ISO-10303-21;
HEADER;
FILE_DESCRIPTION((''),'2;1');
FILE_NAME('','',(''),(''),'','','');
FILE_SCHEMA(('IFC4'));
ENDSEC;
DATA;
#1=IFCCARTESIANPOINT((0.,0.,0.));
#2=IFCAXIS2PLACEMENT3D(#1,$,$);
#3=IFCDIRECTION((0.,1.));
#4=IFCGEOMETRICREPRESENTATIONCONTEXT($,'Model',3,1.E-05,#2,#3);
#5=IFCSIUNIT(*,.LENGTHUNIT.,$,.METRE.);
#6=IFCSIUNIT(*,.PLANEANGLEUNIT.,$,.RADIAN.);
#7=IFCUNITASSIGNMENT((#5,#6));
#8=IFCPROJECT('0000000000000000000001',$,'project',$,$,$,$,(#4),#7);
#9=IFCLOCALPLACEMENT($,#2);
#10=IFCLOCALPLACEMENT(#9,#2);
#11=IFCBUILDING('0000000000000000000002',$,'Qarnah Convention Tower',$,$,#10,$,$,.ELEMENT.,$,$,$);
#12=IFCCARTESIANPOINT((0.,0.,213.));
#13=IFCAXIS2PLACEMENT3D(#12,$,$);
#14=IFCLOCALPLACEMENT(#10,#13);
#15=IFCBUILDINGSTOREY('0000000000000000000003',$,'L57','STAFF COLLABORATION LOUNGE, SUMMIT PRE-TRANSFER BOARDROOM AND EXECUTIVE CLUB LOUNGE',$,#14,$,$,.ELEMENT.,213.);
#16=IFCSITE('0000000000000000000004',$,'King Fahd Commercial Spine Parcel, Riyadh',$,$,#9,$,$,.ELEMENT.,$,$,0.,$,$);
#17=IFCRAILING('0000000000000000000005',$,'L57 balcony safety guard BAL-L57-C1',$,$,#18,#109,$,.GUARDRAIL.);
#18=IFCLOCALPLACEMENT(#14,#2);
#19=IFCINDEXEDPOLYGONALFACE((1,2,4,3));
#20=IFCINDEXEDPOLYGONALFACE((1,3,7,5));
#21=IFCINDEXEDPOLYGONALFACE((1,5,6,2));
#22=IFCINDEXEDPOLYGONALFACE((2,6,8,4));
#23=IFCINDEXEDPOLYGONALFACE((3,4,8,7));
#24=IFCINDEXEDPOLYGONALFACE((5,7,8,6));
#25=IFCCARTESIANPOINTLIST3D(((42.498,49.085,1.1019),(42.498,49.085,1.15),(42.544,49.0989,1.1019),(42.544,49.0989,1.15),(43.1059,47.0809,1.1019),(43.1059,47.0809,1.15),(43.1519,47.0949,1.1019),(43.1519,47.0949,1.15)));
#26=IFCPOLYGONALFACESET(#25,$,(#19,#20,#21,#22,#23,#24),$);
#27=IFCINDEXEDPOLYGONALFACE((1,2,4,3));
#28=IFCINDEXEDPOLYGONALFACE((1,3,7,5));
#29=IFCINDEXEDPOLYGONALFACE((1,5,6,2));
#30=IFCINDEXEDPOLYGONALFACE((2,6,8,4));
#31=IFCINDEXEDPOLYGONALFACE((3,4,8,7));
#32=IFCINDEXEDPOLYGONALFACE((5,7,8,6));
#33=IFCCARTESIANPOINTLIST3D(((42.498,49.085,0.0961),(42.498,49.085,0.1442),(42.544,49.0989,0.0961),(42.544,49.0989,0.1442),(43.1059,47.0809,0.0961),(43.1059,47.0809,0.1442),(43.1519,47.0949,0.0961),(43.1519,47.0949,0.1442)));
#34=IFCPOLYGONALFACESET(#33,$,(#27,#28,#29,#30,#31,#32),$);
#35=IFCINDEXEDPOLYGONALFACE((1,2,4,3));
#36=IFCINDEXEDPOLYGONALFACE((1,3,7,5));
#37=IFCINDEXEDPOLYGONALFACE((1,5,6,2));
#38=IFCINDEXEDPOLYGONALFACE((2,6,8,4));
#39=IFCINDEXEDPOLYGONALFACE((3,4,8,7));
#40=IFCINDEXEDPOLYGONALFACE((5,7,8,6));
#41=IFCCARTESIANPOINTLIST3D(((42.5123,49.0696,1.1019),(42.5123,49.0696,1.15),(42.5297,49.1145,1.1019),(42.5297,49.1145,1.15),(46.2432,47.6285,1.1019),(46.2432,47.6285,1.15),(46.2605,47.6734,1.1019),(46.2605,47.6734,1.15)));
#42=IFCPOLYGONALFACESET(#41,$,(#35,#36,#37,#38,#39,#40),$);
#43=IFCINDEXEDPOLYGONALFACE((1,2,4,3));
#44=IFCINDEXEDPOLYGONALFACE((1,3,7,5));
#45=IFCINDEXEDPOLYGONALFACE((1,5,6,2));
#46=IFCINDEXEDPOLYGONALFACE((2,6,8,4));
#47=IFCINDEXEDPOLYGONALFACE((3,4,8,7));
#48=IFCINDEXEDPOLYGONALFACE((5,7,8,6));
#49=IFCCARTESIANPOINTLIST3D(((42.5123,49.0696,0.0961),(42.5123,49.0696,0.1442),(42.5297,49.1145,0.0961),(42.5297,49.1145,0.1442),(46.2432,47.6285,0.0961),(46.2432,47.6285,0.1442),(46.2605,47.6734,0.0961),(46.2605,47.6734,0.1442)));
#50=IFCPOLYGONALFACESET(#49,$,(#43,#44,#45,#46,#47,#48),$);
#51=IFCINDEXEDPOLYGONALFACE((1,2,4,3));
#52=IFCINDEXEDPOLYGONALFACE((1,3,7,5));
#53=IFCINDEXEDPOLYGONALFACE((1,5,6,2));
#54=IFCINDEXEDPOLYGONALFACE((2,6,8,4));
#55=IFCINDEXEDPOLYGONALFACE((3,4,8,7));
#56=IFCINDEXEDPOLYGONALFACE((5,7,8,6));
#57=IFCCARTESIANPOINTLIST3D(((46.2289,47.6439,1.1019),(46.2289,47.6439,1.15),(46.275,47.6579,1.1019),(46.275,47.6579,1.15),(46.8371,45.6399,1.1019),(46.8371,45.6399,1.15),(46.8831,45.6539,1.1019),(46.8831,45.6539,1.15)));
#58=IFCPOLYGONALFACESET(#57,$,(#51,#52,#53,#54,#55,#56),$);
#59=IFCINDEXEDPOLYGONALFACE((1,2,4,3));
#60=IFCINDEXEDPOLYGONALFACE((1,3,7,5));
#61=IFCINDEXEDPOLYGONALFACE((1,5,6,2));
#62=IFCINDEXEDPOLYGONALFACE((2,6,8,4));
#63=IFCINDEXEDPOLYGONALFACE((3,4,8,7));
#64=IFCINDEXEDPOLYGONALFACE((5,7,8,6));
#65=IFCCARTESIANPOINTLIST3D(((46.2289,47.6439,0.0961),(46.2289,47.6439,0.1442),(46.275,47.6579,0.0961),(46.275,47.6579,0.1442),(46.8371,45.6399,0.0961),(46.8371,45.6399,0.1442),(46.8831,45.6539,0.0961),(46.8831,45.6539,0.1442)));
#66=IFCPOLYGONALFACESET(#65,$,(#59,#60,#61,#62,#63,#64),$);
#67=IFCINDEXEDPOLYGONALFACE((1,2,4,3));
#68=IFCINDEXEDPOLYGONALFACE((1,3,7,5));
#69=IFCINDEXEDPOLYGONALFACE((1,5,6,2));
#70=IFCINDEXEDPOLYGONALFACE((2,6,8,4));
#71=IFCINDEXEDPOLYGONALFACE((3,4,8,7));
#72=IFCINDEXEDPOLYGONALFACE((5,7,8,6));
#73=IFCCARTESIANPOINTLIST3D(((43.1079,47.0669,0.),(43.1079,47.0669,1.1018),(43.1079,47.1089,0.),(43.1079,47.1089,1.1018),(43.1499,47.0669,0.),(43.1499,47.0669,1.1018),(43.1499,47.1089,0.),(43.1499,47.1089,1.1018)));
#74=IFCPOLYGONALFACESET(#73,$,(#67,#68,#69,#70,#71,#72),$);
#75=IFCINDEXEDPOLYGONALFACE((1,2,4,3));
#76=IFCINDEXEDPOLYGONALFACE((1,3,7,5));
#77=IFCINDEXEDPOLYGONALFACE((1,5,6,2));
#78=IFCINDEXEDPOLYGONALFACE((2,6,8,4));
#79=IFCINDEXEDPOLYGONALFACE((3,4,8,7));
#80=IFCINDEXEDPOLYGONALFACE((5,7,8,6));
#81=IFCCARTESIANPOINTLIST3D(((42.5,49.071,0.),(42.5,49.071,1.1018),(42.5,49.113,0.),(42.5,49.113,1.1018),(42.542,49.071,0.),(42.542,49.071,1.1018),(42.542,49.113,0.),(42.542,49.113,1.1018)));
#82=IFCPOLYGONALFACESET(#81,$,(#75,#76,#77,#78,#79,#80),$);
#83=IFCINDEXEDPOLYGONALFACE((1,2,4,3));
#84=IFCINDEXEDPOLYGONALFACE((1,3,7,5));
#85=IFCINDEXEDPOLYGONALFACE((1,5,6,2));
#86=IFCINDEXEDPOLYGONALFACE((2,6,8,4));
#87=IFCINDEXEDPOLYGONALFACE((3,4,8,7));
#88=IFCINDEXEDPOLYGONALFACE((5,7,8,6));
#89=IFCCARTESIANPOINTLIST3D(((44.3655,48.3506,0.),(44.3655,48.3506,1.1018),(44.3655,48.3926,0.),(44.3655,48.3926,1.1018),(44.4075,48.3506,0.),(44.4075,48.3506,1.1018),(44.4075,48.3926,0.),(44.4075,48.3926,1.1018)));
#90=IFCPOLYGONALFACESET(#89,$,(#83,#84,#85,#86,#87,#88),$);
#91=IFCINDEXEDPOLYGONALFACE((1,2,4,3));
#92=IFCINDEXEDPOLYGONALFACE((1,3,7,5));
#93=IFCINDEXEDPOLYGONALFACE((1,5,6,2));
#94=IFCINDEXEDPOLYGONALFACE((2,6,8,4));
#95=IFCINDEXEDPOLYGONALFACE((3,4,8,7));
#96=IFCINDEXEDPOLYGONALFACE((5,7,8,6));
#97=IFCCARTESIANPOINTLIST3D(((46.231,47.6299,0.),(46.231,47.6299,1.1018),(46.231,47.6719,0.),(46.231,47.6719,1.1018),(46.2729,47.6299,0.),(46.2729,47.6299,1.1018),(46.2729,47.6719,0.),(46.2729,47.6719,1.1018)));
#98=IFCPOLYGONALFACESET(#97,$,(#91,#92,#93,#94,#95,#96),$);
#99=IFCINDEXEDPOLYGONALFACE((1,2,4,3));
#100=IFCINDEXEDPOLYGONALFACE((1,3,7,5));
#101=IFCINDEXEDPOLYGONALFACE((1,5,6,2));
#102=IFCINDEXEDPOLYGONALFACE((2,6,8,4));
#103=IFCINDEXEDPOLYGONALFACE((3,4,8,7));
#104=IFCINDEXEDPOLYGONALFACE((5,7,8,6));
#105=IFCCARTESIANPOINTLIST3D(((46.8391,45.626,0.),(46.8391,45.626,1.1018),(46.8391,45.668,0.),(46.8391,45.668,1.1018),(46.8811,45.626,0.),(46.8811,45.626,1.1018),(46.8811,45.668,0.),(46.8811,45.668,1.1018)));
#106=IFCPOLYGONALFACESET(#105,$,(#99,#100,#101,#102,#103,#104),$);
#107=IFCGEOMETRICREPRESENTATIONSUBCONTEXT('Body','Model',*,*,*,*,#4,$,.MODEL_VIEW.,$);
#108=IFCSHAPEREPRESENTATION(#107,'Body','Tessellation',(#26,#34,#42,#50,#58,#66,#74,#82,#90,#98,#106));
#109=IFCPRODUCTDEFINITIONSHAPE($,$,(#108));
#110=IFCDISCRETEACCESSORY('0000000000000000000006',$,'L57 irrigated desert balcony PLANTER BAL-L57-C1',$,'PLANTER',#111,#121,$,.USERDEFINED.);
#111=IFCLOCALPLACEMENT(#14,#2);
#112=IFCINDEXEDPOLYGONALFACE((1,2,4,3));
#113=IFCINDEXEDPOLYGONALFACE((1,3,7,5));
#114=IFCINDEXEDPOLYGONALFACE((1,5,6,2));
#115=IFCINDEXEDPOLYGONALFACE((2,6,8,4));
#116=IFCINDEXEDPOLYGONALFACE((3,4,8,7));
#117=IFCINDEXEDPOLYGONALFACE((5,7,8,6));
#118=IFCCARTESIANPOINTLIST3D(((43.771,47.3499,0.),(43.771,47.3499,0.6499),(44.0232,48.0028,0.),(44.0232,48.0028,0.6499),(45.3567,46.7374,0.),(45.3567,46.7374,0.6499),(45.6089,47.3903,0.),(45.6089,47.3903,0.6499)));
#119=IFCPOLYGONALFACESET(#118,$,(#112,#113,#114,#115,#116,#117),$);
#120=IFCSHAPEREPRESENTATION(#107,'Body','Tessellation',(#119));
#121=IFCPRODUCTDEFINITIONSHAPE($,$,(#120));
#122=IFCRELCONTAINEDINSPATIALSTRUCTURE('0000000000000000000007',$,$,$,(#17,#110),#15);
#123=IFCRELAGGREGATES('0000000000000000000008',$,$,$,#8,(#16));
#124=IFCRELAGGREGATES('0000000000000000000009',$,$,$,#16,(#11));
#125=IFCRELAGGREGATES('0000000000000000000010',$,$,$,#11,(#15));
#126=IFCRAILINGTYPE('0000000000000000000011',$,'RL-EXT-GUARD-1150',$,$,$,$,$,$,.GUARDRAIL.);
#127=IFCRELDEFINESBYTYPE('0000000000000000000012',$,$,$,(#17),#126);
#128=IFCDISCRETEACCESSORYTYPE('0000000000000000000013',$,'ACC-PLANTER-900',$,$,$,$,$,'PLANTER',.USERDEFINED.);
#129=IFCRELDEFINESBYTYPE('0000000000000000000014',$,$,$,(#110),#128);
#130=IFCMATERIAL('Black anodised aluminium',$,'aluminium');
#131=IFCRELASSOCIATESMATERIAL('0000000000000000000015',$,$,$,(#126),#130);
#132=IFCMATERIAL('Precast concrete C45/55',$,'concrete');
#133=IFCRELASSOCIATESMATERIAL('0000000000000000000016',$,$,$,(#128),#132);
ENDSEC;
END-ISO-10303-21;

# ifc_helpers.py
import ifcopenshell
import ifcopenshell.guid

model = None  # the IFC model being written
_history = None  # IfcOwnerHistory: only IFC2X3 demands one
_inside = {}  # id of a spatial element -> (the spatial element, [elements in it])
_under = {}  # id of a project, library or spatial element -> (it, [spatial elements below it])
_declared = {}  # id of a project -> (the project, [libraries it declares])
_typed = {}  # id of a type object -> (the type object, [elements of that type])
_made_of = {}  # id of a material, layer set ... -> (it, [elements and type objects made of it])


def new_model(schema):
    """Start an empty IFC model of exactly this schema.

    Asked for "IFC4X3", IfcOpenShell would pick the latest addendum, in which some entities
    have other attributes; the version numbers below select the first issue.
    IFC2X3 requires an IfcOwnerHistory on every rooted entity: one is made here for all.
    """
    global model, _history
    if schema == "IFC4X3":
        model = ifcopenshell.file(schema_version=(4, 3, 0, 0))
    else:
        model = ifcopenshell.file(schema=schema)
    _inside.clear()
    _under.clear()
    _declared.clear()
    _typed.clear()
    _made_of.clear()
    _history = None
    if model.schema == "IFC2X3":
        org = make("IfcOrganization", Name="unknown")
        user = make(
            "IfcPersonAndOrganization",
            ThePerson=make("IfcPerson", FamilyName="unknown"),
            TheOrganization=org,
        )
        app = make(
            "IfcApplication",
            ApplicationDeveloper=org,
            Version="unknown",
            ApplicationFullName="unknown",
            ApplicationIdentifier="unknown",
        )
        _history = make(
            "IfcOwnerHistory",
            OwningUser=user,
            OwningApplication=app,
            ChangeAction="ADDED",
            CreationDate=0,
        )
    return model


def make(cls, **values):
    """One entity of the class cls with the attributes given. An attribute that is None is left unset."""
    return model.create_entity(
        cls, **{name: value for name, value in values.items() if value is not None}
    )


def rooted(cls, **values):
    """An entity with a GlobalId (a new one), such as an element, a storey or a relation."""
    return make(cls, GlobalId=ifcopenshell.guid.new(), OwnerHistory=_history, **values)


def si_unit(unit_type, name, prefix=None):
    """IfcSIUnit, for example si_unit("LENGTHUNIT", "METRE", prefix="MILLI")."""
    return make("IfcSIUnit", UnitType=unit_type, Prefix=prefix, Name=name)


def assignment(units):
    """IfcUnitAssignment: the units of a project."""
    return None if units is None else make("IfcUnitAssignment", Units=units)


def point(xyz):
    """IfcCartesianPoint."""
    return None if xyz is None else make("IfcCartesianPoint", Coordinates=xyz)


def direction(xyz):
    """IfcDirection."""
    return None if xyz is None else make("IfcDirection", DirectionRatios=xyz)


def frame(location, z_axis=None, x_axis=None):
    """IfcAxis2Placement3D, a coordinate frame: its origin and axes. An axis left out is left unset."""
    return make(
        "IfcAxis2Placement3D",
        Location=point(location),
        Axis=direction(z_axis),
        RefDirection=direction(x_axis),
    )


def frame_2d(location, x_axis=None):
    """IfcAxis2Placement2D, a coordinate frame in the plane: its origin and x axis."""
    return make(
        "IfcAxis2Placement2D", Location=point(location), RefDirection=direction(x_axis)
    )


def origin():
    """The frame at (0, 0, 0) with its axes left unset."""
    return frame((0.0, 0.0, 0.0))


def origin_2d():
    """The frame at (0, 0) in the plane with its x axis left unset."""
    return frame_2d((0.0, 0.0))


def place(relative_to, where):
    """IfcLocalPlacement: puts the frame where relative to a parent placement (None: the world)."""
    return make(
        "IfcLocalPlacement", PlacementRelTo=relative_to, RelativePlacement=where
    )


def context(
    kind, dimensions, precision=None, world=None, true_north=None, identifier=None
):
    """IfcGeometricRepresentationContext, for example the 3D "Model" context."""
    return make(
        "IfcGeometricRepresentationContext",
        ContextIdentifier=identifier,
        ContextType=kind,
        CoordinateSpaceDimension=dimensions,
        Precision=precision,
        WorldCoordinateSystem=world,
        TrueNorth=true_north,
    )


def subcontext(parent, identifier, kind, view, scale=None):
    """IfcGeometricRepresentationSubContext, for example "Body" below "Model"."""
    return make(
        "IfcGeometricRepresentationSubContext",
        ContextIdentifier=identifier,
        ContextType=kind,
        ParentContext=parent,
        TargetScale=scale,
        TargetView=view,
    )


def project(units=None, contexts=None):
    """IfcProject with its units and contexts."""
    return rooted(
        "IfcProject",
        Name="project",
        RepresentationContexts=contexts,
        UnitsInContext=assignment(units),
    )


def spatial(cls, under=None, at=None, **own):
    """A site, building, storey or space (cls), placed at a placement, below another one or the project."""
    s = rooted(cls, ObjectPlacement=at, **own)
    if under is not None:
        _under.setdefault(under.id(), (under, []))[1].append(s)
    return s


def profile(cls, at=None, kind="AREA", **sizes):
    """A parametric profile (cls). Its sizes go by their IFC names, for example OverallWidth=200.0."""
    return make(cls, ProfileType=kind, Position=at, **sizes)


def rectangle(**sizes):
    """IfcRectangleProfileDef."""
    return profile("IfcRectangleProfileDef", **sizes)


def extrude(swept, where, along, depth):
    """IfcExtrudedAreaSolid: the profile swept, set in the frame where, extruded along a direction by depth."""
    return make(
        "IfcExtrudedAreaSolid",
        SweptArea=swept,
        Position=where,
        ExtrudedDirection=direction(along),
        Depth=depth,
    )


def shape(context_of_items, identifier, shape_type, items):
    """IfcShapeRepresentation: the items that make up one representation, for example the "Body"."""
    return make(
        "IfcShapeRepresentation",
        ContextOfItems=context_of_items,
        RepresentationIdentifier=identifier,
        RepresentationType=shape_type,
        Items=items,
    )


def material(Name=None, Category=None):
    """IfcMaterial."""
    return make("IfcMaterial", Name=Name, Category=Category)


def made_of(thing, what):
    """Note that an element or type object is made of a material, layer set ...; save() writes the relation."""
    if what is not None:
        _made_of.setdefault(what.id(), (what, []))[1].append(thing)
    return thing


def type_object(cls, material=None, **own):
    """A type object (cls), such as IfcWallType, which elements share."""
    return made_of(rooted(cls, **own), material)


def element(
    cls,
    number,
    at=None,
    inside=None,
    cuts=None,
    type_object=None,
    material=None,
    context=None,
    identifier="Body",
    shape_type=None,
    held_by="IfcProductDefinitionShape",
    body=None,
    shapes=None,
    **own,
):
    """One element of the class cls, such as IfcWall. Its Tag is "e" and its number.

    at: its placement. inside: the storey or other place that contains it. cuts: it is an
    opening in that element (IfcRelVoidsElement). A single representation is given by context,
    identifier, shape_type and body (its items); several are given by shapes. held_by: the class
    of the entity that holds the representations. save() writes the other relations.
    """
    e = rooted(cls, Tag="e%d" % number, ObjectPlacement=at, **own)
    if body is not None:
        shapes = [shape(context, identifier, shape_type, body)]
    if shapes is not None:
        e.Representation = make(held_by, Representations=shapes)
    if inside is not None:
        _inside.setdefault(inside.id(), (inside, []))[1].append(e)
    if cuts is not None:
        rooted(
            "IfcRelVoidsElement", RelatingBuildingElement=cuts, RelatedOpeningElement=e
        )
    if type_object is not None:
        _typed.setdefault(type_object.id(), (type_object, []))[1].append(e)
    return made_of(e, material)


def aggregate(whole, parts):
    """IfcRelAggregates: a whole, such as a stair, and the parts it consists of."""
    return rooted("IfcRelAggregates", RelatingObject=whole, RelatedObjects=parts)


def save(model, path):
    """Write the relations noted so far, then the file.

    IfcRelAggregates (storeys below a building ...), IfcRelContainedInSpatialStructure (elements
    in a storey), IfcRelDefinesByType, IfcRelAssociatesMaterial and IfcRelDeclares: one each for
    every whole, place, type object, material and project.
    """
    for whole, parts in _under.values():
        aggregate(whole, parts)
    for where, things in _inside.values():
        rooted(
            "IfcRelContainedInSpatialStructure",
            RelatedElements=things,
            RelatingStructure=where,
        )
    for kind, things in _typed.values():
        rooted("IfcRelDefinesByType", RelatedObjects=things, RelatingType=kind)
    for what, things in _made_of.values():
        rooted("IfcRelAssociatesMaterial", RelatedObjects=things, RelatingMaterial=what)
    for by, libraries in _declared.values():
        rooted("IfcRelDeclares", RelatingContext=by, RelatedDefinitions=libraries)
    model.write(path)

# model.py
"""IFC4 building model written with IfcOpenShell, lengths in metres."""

from ifc_helpers import new_model, si_unit, direction, frame, origin, origin_2d, place, context, subcontext, project, spatial, rectangle, extrude, material, type_object, element, save


model = new_model("IFC4")

# Units and contexts
model_context = context("Model", 3, precision=1e-05, world=origin(), true_north=direction((0.0, 1.0)))
body_context = subcontext(model_context, "Body", "Model", "MODEL_VIEW")
ifc_project = project(units=[si_unit("LENGTHUNIT", "METRE"), si_unit("PLANEANGLEUNIT", "RADIAN")], contexts=[model_context])

# Site, building, storey
site_placement = place(None, origin())
site = spatial("IfcSite", under=ifc_project, at=site_placement, Name="King Fahd Commercial Spine Parcel, Riyadh", CompositionType="ELEMENT", RefElevation=0.0)
building_placement = place(site_placement, origin())
building = spatial("IfcBuilding", under=site, at=building_placement, Name="Qarnah Convention Tower", CompositionType="ELEMENT")
storey_placement = place(building_placement, frame((0.0, 0.0, 213.0)))
storey = spatial("IfcBuildingStorey", under=building, at=storey_placement, Name="L57", Description="STAFF COLLABORATION LOUNGE, SUMMIT PRE-TRANSFER BOARDROOM AND EXECUTIVE CLUB LOUNGE", CompositionType="ELEMENT", Elevation=213.0)

# Shared definitions
ifc_material_1 = material(Name="Black anodised aluminium", Category="aluminium")

# Shared definitions
ifc_material_2 = material(Name="Precast concrete C45/55", Category="concrete")

# Railing
railing_type = type_object("IfcRailingType", Name="RL-EXT-GUARD-1150", PredefinedType="GUARDRAIL", material=ifc_material_1)
railing_1_placement = place(storey_placement, frame((43.1289, 47.0879, 0.0)))
element("IfcRailing", 1, at=railing_1_placement, inside=storey, type_object=railing_type, Name="L57 balcony safety guard BAL-L57-C1", PredefinedType="GUARDRAIL", context=body_context, shape_type="SweptSolid", body=[
    extrude(rectangle(XDim=0.0481, YDim=0.0481, at=origin_2d()), frame((0.0, 0.0, 1.126), z_axis=(-0.290266, 0.956946, 0.0), x_axis=(-0.956946, -0.290266, 0.0)), (0.0, 0.0, 1.0), 2.0942),
    extrude(rectangle(XDim=0.0481, YDim=0.0481, at=origin_2d()), frame((0.0, 0.0, 0.1201), z_axis=(-0.290266, 0.956946, 0.0), x_axis=(-0.956946, -0.290266, 0.0)), (0.0, 0.0, 1.0), 2.0942),
    extrude(rectangle(XDim=0.0481, YDim=0.0481, at=origin_2d()), frame((-0.6079, 2.0042, 1.126), z_axis=(0.932827, -0.360324, 0.0), x_axis=(0.360324, 0.932827, 0.0)), (0.0, 0.0, 1.0), 3.9995),
    extrude(rectangle(XDim=0.0481, YDim=0.0481, at=origin_2d()), frame((-0.6079, 2.0042, 0.1201), z_axis=(0.932827, -0.360324, 0.0), x_axis=(0.360324, 0.932827, 0.0)), (0.0, 0.0, 1.0), 3.9995),
    extrude(rectangle(XDim=0.0481, YDim=0.0481, at=origin_2d()), frame((3.123, 0.563, 1.126), z_axis=(0.290405, -0.956904, 0.0), x_axis=(0.956904, 0.290405, 0.0)), (0.0, 0.0, 1.0), 2.0942),
    extrude(rectangle(XDim=0.0481, YDim=0.0481, at=origin_2d()), frame((3.123, 0.563, 0.1201), z_axis=(0.290405, -0.956904, 0.0), x_axis=(0.956904, 0.290405, 0.0)), (0.0, 0.0, 1.0), 2.0942),
    extrude(rectangle(XDim=0.042, YDim=0.042, at=origin_2d()), origin(), (0.0, 0.0, 1.0), 1.1018),
    extrude(rectangle(XDim=0.042, YDim=0.042, at=origin_2d()), frame((-0.6079, 2.0042, 0.0)), (0.0, 0.0, 1.0), 1.1018),
    extrude(rectangle(XDim=0.042, YDim=0.042, at=origin_2d()), frame((1.2576, 1.2837, 0.0)), (0.0, 0.0, 1.0), 1.1018),
    extrude(rectangle(XDim=0.042, YDim=0.042, at=origin_2d()), frame((3.123, 0.563, 0.0)), (0.0, 0.0, 1.0), 1.1018),
    extrude(rectangle(XDim=0.042, YDim=0.042, at=origin_2d()), frame((3.7312, -1.4409, 0.0)), (0.0, 0.0, 1.0), 1.1018),
])

# Discrete accessory
discrete_accessory_type = type_object("IfcDiscreteAccessoryType", Name="ACC-PLANTER-900", ElementType="PLANTER", PredefinedType="USERDEFINED", material=ifc_material_2)
discrete_accessory_placement = place(storey_placement, frame((44.6899, 47.3701, 0.0), z_axis=(0.0, 0.0, 1.0), x_axis=(-0.932828, 0.360322, 0.0)))
element("IfcDiscreteAccessory", 2, at=discrete_accessory_placement, inside=storey, type_object=discrete_accessory_type, Name="L57 irrigated desert balcony PLANTER BAL-L57-C1", ObjectType="PLANTER", PredefinedType="USERDEFINED", context=body_context, shape_type="SweptSolid", body=[
    extrude(rectangle(XDim=1.7, YDim=0.7, at=origin_2d()), origin(), (0.0, 0.0, 1.0), 0.6499),
])

save(model, "model.ifc")
